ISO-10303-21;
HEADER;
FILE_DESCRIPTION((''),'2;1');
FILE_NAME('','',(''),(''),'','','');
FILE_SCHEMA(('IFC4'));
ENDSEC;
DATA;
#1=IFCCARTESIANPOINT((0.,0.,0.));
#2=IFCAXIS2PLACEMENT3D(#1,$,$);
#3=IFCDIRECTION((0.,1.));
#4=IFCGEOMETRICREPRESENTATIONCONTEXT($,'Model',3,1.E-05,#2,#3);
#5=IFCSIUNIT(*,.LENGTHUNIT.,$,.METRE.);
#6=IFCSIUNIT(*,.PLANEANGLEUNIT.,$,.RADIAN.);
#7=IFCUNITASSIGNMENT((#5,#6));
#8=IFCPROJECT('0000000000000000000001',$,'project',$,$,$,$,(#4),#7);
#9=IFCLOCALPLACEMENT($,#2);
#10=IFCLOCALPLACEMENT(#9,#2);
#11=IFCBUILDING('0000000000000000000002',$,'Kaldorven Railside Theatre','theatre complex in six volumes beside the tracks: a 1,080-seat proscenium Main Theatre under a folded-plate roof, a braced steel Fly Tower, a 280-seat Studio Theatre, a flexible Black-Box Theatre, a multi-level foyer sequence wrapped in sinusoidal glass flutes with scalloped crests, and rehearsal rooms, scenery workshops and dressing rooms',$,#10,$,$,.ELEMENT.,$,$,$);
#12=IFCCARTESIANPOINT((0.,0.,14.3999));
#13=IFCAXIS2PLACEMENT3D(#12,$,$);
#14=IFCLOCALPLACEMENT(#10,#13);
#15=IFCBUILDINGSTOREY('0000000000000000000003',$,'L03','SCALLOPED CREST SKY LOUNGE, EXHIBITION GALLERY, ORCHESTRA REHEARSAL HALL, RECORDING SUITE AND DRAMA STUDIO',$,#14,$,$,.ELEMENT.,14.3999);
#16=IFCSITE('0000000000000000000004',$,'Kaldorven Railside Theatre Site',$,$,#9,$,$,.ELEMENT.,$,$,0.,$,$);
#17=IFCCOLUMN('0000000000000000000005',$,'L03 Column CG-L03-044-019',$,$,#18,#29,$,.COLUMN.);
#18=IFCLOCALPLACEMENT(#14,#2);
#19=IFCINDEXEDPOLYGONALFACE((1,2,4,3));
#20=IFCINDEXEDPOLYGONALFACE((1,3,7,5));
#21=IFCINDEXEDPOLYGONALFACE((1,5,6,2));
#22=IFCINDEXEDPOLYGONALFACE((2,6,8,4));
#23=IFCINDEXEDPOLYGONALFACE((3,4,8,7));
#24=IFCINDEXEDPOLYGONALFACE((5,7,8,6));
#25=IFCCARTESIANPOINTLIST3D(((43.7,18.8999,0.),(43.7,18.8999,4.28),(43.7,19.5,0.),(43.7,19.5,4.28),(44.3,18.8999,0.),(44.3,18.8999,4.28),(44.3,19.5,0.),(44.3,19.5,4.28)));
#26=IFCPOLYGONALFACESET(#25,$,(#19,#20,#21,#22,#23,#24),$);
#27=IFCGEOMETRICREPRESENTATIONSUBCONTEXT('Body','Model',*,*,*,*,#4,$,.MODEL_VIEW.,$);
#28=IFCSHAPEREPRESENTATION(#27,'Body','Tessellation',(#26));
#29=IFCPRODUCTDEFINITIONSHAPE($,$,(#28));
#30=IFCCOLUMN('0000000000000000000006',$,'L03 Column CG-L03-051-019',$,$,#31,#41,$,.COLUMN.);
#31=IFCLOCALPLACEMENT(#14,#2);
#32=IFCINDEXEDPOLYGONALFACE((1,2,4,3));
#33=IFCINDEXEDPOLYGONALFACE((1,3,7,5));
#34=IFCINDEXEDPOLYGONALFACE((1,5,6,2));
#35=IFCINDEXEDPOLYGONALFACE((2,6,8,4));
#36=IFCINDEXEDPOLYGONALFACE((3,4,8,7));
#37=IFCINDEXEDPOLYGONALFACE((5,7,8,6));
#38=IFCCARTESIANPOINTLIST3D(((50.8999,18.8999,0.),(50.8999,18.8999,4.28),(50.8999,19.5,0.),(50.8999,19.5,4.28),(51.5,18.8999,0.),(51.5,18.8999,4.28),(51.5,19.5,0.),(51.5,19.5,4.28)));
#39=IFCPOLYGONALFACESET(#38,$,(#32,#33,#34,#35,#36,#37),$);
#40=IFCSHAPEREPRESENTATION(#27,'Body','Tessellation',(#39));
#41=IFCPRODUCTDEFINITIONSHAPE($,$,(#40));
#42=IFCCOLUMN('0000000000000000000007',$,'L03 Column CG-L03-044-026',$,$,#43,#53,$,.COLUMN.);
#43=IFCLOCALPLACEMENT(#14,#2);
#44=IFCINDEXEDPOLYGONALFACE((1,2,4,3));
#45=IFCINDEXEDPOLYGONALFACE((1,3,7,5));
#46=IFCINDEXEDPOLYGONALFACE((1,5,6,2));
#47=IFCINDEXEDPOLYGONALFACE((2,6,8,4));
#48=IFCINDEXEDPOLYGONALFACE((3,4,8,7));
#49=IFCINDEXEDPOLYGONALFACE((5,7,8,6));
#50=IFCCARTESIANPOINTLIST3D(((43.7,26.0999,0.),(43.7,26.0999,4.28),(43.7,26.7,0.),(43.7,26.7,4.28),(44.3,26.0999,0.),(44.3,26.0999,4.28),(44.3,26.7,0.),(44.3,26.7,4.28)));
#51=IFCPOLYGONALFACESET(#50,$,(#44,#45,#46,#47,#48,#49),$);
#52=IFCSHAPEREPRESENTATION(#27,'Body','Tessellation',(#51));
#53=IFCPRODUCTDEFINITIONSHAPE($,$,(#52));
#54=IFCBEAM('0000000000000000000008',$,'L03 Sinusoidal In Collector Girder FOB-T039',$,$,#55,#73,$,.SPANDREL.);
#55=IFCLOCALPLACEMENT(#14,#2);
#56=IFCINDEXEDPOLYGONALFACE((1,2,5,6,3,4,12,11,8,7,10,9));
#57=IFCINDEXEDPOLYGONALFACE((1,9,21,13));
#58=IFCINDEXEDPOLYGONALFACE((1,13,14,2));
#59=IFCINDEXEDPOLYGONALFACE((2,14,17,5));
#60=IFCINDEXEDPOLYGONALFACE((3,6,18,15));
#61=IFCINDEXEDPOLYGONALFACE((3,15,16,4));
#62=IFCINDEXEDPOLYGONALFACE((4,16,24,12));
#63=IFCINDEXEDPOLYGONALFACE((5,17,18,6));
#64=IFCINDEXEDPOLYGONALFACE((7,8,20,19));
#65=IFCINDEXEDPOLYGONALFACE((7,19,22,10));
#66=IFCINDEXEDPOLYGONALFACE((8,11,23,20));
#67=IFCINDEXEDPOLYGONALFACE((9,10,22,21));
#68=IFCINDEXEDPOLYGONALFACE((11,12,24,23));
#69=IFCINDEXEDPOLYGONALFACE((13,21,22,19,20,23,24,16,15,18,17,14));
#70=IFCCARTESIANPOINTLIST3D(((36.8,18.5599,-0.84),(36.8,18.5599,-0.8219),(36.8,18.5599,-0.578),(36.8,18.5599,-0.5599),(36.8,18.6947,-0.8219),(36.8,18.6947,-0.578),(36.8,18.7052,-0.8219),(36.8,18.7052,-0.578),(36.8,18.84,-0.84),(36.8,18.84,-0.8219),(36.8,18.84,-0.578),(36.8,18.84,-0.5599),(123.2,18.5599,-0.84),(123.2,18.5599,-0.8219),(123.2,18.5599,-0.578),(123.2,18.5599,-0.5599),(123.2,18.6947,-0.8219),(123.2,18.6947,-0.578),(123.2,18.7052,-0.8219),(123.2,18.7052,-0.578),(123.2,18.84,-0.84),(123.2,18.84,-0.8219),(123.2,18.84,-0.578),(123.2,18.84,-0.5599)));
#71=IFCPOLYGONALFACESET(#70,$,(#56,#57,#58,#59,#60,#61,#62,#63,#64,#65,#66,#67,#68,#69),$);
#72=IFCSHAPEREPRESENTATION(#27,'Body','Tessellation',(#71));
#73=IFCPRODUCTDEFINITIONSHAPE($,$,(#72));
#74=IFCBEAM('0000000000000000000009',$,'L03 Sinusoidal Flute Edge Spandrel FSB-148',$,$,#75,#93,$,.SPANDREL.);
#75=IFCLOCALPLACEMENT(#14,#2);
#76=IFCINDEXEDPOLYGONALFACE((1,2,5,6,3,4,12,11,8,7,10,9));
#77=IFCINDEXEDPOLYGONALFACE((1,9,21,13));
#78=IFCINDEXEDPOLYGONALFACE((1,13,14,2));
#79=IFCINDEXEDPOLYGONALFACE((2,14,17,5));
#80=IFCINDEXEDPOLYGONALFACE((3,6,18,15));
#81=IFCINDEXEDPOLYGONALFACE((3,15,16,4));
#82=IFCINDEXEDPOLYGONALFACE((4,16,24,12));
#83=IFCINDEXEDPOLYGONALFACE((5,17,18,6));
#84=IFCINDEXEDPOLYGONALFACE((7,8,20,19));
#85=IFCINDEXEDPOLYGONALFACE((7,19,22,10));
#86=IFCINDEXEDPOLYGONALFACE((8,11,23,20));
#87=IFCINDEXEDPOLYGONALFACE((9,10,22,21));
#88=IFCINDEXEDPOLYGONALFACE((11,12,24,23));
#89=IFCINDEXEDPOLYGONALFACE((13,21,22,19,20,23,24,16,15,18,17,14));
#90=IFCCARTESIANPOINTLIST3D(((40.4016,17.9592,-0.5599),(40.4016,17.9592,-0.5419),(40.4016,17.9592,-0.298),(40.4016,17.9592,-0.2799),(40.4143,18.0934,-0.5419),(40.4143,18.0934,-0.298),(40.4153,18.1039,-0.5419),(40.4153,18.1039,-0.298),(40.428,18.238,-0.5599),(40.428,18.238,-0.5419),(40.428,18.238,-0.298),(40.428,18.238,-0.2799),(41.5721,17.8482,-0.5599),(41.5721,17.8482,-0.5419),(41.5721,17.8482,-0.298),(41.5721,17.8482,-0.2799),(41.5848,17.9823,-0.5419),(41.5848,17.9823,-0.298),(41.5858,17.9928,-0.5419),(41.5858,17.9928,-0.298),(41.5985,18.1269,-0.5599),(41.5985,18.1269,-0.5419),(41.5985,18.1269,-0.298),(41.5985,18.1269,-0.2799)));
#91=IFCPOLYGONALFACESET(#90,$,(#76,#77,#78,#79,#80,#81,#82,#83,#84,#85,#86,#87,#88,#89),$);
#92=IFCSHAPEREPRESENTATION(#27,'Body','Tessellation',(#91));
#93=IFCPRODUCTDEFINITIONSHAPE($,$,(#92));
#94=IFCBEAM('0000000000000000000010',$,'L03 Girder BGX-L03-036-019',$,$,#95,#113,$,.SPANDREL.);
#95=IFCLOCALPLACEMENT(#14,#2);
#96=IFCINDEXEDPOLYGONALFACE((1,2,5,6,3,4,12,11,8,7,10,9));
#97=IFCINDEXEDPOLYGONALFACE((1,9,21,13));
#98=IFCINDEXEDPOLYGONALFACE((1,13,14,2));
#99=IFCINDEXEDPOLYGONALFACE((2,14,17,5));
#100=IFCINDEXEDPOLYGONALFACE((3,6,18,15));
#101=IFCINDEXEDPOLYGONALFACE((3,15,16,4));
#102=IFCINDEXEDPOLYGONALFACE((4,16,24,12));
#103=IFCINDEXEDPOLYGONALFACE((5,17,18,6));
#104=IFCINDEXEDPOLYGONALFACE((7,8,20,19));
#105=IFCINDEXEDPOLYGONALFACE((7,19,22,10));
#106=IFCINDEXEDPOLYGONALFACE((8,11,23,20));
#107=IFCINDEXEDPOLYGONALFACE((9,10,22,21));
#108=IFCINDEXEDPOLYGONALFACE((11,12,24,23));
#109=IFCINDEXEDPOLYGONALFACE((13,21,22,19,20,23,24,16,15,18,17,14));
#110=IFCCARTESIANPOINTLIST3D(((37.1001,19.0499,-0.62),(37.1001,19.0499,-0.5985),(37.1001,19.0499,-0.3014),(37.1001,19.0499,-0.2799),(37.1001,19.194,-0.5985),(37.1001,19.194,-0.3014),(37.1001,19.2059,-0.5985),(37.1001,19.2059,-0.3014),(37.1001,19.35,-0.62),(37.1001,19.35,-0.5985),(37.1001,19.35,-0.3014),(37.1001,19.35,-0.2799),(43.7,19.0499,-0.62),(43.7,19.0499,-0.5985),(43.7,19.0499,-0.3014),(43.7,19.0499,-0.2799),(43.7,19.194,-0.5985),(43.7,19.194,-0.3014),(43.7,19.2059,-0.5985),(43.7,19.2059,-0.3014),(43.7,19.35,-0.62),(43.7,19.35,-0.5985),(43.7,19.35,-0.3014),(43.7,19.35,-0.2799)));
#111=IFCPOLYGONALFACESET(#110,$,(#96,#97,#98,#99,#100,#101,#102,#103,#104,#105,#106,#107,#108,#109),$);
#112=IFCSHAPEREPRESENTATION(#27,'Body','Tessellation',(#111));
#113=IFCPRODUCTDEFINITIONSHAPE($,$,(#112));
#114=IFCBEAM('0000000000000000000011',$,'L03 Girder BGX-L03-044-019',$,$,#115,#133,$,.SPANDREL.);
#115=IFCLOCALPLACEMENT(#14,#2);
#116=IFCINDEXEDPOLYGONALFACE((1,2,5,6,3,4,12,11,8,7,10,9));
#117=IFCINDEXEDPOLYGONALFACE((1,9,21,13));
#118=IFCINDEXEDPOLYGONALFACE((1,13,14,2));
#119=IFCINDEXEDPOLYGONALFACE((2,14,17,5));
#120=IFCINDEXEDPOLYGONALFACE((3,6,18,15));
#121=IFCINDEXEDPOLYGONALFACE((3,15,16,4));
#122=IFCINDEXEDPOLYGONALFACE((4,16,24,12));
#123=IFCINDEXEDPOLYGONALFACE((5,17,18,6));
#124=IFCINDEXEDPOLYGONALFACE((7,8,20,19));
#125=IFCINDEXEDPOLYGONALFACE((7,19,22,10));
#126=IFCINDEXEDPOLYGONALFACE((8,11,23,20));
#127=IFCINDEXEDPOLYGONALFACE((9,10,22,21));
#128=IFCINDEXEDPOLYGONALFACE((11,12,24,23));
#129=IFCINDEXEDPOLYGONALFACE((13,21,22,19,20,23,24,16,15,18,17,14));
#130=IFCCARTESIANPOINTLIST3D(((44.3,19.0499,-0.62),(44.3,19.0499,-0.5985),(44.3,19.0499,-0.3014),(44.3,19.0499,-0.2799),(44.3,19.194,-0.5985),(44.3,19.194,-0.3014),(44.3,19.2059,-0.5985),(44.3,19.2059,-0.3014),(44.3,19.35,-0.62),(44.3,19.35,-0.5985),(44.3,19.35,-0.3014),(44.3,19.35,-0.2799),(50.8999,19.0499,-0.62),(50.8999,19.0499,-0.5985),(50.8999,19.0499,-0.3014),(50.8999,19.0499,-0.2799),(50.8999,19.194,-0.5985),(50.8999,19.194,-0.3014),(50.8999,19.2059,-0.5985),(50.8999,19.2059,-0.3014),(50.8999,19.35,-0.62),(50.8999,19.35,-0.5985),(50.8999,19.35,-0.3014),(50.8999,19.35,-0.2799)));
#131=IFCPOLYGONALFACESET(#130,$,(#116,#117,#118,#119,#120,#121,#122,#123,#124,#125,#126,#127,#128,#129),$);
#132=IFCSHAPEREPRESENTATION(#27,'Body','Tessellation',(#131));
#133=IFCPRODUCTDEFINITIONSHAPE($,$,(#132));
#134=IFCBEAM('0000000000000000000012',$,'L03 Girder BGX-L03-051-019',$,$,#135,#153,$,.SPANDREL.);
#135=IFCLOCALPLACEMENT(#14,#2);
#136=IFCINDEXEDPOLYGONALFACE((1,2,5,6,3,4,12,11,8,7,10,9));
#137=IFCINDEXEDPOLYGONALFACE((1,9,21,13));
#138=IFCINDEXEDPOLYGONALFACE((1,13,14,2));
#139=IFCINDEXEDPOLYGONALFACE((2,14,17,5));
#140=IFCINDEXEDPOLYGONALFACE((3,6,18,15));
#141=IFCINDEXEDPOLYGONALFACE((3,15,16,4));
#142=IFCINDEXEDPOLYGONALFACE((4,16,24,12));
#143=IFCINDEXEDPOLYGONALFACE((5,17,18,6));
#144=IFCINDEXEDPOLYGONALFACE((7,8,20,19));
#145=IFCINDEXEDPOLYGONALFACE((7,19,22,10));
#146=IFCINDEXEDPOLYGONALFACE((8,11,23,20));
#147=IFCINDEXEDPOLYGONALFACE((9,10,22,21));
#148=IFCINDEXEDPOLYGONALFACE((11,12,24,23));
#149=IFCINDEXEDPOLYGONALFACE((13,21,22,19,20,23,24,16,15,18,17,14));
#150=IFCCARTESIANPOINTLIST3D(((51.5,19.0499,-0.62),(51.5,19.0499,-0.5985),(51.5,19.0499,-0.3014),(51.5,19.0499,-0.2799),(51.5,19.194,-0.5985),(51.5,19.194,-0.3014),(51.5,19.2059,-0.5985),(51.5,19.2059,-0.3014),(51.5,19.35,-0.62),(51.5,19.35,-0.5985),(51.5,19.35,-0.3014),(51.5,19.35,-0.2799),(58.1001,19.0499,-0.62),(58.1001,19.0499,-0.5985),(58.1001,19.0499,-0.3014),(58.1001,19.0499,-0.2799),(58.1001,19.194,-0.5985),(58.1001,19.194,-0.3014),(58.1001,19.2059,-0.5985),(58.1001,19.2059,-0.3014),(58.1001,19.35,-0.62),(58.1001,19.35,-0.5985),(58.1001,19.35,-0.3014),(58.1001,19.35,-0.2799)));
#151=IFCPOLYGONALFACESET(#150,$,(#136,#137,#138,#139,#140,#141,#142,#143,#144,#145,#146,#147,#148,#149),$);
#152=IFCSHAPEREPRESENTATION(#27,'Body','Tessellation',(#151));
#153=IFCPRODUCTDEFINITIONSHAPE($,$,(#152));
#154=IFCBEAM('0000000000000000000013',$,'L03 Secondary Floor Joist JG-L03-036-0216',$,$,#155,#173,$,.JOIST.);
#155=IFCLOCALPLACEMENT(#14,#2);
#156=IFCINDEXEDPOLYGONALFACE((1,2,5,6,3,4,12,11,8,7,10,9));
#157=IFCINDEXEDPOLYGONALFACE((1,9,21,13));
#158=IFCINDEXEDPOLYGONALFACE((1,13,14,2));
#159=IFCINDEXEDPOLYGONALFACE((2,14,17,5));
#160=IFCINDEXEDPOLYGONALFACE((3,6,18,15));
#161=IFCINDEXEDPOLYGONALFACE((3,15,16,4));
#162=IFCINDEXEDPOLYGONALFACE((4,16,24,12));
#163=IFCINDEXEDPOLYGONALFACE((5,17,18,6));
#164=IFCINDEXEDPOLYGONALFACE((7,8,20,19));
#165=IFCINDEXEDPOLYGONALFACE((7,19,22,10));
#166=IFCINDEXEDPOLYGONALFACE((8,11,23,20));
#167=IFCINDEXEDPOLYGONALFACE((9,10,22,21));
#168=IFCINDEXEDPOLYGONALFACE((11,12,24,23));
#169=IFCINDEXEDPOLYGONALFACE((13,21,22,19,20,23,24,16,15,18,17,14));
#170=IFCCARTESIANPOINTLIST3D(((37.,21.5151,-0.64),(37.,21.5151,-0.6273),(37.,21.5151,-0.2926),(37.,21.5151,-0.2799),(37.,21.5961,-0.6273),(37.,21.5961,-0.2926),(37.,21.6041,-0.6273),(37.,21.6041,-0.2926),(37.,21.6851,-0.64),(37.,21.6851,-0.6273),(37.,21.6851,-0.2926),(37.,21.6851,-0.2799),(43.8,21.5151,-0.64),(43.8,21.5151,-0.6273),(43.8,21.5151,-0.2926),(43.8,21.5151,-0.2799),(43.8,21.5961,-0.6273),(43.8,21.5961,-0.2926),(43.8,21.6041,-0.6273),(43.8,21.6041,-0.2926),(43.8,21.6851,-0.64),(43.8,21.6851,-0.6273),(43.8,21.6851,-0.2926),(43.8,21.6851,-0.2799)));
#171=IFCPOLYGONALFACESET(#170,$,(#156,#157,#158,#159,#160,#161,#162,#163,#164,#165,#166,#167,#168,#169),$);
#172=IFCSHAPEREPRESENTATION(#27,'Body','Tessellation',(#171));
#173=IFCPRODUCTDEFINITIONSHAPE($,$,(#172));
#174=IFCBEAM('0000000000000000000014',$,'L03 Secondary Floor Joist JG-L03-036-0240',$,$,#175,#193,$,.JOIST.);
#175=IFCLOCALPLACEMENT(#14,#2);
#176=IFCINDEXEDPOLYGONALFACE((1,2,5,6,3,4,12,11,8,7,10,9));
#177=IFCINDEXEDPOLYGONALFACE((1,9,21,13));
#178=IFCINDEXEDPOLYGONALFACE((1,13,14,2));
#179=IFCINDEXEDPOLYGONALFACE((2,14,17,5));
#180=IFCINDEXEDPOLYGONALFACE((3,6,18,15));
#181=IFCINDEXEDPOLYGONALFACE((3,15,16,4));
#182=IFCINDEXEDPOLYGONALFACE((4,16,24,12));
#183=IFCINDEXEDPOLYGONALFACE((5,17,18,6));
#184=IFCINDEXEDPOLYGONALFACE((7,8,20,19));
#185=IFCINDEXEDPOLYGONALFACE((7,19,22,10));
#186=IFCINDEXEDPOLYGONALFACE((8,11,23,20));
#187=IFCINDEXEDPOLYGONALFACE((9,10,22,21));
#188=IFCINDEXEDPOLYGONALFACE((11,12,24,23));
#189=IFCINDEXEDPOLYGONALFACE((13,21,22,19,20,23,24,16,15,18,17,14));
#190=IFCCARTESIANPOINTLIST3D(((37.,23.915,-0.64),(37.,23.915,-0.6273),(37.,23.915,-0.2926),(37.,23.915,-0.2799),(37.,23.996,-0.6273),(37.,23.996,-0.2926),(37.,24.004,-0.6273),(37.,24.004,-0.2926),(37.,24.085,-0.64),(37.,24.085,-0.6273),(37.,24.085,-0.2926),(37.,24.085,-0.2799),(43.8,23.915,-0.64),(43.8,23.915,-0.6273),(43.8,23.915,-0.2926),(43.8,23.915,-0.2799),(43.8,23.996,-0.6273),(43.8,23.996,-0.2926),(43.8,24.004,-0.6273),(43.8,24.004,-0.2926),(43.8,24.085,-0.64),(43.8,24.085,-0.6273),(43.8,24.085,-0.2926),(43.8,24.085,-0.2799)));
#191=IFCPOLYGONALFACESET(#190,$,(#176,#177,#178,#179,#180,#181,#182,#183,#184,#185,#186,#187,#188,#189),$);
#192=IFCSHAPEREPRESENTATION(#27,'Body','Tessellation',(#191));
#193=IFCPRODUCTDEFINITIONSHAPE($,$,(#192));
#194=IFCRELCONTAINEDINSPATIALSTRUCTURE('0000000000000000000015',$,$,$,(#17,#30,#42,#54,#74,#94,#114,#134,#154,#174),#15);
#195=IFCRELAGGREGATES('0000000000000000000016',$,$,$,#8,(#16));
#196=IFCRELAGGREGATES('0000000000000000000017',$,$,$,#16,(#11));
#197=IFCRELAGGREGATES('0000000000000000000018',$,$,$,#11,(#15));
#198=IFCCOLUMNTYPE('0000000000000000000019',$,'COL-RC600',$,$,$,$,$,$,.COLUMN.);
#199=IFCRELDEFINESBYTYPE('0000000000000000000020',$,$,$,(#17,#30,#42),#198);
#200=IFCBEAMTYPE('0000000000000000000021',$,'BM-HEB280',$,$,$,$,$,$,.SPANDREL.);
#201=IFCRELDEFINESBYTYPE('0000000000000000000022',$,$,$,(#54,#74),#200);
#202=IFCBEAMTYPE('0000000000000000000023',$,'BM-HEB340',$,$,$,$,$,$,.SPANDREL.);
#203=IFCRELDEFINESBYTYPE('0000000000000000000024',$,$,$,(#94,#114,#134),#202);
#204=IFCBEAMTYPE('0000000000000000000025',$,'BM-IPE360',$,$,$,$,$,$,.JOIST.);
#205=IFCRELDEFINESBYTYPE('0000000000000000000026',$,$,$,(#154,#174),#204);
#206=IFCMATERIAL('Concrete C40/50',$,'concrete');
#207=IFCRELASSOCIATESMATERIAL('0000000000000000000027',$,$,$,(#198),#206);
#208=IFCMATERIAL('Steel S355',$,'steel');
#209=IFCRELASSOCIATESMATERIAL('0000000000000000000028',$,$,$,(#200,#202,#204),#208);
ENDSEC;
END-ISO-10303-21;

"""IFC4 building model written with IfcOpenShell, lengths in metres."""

from ifc_helpers import new_model, si_unit, direction, frame, origin, origin_2d, place, context, subcontext, project, spatial, rectangle, i_section, extrude, material, material_profile, profile_set, type_object, element, save


model = new_model("IFC4")

# Units and contexts
model_context = context("Model", 3, precision=1e-05, world=origin(), true_north=direction((0.0, 1.0)))
body_context = subcontext(model_context, "Body", "Model", "MODEL_VIEW")
ifc_project = project(units=[si_unit("LENGTHUNIT", "METRE"), si_unit("PLANEANGLEUNIT", "RADIAN")], contexts=[model_context])

# Site, building, storey
site_placement = place(None, origin())
site = spatial("IfcSite", under=ifc_project, at=site_placement, Name="Kaldorven Railside Theatre Site", CompositionType="ELEMENT", RefElevation=0.0)
building_placement = place(site_placement, origin())
building = spatial("IfcBuilding", under=site, at=building_placement, Name="Kaldorven Railside Theatre", Description="theatre complex in six volumes beside the tracks: a 1,080-seat proscenium Main Theatre under a folded-plate roof, a braced steel Fly Tower, a 280-seat Studio Theatre, a flexible Black-Box Theatre, a multi-level foyer sequence wrapped in sinusoidal glass flutes with scalloped crests, and rehearsal rooms, scenery workshops and dressing rooms", CompositionType="ELEMENT")
storey_placement = place(building_placement, frame((0.0, 0.0, 14.3999)))
storey = spatial("IfcBuildingStorey", under=building, at=storey_placement, Name="L03", Description="SCALLOPED CREST SKY LOUNGE, EXHIBITION GALLERY, ORCHESTRA REHEARSAL HALL, RECORDING SUITE AND DRAMA STUDIO", CompositionType="ELEMENT", Elevation=14.3999)

# Columns
ifc_material_1 = material(Name="Concrete C40/50", Category="concrete")
ifc_material_profile_1 = material_profile(ifc_material_1, rectangle(XDim=0.6001, YDim=0.6001, at=origin_2d()), Name="RC 600x600")
ifc_profile_set_1 = profile_set([ifc_material_profile_1], Name="Concrete C40/50")
column_type = type_object("IfcColumnType", Name="COL-RC600", PredefinedType="COLUMN", material=ifc_profile_set_1)
for number, where, z_axis, x_axis, name in (
    (1, (44.0, 19.2, 0.0), (0.0, 0.0, 1.0), (0.0, 1.0, 0.0), "L03 Column CG-L03-044-019"),
    (2, (51.2, 19.2, 0.0), (0.0, 0.0, 1.0), (1.0, 0.0, 0.0), "L03 Column CG-L03-051-019"),
    (3, (44.0, 26.3999, 0.0), (0.0, 0.0, 1.0), (1.0, 0.0, 0.0), "L03 Column CG-L03-044-026"),
):
    element("IfcColumn", number, at=place(storey_placement, frame(where, z_axis=z_axis, x_axis=x_axis)), inside=storey, type_object=column_type, Name=name, PredefinedType="COLUMN", context=body_context, shape_type="SweptSolid", body=[
        extrude(rectangle(XDim=0.6001, YDim=0.6001, at=origin_2d()), origin(), (0.0, 0.0, 1.0), 4.28),
    ])

# Beams
ifc_material_2 = material(Name="Steel S355", Category="steel")
ifc_material_profile_2 = material_profile(ifc_material_2, i_section(OverallWidth=0.28, OverallDepth=0.28, WebThickness=0.0105, FlangeThickness=0.0181, at=origin_2d()), Name="HEB 280")
ifc_profile_set_2 = profile_set([ifc_material_profile_2], Name="Steel S355")
beam_type_1 = type_object("IfcBeamType", Name="BM-HEB280", PredefinedType="SPANDREL", material=ifc_profile_set_2)
beam_1_placement = place(storey_placement, frame((36.8, 18.7, -0.7), z_axis=(1.0, 0.0, 0.0), x_axis=(0.0, 1.0, 0.0)))
element("IfcBeam", 4, at=beam_1_placement, inside=storey, type_object=beam_type_1, Name="L03 Sinusoidal In Collector Girder FOB-T039", PredefinedType="SPANDREL", context=body_context, shape_type="SweptSolid", body=[
    extrude(i_section(OverallWidth=0.28, OverallDepth=0.28, WebThickness=0.0105, FlangeThickness=0.0181, at=origin_2d()), origin(), (0.0, 0.0, 1.0), 86.3999),
])
beam_2_placement = place(storey_placement, frame((40.4148, 18.0986, -0.4199), z_axis=(0.995526, -0.094486, 0.0), x_axis=(0.094486, 0.995526, 0.0)))
element("IfcBeam", 5, at=beam_2_placement, inside=storey, type_object=beam_type_1, Name="L03 Sinusoidal Flute Edge Spandrel FSB-148", PredefinedType="SPANDREL", context=body_context, shape_type="SweptSolid", body=[
    extrude(i_section(OverallWidth=0.28, OverallDepth=0.28, WebThickness=0.0105, FlangeThickness=0.0181, at=origin_2d()), origin(), (0.0, 0.0, 1.0), 1.1758),
])
ifc_material_profile_3 = material_profile(ifc_material_2, i_section(OverallWidth=0.3, OverallDepth=0.3401, WebThickness=0.012, FlangeThickness=0.0215, at=origin_2d()), Name="HEB 340")
ifc_profile_set_3 = profile_set([ifc_material_profile_3], Name="Steel S355")
beam_type_2 = type_object("IfcBeamType", Name="BM-HEB340", PredefinedType="SPANDREL", material=ifc_profile_set_3)
for number, where, z_axis, x_axis, name in (
    (6, (37.1001, 19.2, -0.45), (1.0, 0.0, 0.0), (0.0, 1.0, 0.0), "L03 Girder BGX-L03-036-019"),
    (7, (44.3, 19.2, -0.45), (1.0, 0.0, 0.0), (0.0, 1.0, 0.0), "L03 Girder BGX-L03-044-019"),
):
    element("IfcBeam", number, at=place(storey_placement, frame(where, z_axis=z_axis, x_axis=x_axis)), inside=storey, type_object=beam_type_2, Name=name, PredefinedType="SPANDREL", context=body_context, shape_type="SweptSolid", body=[
        extrude(i_section(OverallWidth=0.3, OverallDepth=0.3401, WebThickness=0.012, FlangeThickness=0.0215, at=origin_2d()), origin(), (0.0, 0.0, 1.0), 6.5999),
    ])
beam_3_placement = place(storey_placement, frame((51.5, 19.2, -0.45), z_axis=(1.0, 0.0, 0.0), x_axis=(0.0, 1.0, 0.0)))
element("IfcBeam", 8, at=beam_3_placement, inside=storey, type_object=beam_type_2, Name="L03 Girder BGX-L03-051-019", PredefinedType="SPANDREL", context=body_context, shape_type="SweptSolid", body=[
    extrude(i_section(OverallWidth=0.3, OverallDepth=0.3401, WebThickness=0.012, FlangeThickness=0.0215, at=origin_2d()), origin(), (0.0, 0.0, 1.0), 6.6001),
])
ifc_material_profile_4 = material_profile(ifc_material_2, i_section(OverallWidth=0.1699, OverallDepth=0.3601, WebThickness=0.0081, FlangeThickness=0.0127, at=origin_2d()), Name="IPE 360")
ifc_profile_set_4 = profile_set([ifc_material_profile_4], Name="Steel S355")
beam_type_3 = type_object("IfcBeamType", Name="BM-IPE360", PredefinedType="JOIST", material=ifc_profile_set_4)
for number, where, z_axis, x_axis, name in (
    (9, (37.0, 21.6001, -0.46), (1.0, 0.0, 0.0), (0.0, 1.0, 0.0), "L03 Secondary Floor Joist JG-L03-036-0216"),
    (10, (37.0, 24.0, -0.46), (1.0, 0.0, 0.0), (0.0, 1.0, 0.0), "L03 Secondary Floor Joist JG-L03-036-0240"),
):
    element("IfcBeam", number, at=place(storey_placement, frame(where, z_axis=z_axis, x_axis=x_axis)), inside=storey, type_object=beam_type_3, Name=name, PredefinedType="JOIST", context=body_context, shape_type="SweptSolid", body=[
        extrude(i_section(OverallWidth=0.1699, OverallDepth=0.3601, WebThickness=0.0081, FlangeThickness=0.0127, at=origin_2d()), origin(), (0.0, 0.0, 1.0), 6.8),
    ])

save(model, "model.ifc")
